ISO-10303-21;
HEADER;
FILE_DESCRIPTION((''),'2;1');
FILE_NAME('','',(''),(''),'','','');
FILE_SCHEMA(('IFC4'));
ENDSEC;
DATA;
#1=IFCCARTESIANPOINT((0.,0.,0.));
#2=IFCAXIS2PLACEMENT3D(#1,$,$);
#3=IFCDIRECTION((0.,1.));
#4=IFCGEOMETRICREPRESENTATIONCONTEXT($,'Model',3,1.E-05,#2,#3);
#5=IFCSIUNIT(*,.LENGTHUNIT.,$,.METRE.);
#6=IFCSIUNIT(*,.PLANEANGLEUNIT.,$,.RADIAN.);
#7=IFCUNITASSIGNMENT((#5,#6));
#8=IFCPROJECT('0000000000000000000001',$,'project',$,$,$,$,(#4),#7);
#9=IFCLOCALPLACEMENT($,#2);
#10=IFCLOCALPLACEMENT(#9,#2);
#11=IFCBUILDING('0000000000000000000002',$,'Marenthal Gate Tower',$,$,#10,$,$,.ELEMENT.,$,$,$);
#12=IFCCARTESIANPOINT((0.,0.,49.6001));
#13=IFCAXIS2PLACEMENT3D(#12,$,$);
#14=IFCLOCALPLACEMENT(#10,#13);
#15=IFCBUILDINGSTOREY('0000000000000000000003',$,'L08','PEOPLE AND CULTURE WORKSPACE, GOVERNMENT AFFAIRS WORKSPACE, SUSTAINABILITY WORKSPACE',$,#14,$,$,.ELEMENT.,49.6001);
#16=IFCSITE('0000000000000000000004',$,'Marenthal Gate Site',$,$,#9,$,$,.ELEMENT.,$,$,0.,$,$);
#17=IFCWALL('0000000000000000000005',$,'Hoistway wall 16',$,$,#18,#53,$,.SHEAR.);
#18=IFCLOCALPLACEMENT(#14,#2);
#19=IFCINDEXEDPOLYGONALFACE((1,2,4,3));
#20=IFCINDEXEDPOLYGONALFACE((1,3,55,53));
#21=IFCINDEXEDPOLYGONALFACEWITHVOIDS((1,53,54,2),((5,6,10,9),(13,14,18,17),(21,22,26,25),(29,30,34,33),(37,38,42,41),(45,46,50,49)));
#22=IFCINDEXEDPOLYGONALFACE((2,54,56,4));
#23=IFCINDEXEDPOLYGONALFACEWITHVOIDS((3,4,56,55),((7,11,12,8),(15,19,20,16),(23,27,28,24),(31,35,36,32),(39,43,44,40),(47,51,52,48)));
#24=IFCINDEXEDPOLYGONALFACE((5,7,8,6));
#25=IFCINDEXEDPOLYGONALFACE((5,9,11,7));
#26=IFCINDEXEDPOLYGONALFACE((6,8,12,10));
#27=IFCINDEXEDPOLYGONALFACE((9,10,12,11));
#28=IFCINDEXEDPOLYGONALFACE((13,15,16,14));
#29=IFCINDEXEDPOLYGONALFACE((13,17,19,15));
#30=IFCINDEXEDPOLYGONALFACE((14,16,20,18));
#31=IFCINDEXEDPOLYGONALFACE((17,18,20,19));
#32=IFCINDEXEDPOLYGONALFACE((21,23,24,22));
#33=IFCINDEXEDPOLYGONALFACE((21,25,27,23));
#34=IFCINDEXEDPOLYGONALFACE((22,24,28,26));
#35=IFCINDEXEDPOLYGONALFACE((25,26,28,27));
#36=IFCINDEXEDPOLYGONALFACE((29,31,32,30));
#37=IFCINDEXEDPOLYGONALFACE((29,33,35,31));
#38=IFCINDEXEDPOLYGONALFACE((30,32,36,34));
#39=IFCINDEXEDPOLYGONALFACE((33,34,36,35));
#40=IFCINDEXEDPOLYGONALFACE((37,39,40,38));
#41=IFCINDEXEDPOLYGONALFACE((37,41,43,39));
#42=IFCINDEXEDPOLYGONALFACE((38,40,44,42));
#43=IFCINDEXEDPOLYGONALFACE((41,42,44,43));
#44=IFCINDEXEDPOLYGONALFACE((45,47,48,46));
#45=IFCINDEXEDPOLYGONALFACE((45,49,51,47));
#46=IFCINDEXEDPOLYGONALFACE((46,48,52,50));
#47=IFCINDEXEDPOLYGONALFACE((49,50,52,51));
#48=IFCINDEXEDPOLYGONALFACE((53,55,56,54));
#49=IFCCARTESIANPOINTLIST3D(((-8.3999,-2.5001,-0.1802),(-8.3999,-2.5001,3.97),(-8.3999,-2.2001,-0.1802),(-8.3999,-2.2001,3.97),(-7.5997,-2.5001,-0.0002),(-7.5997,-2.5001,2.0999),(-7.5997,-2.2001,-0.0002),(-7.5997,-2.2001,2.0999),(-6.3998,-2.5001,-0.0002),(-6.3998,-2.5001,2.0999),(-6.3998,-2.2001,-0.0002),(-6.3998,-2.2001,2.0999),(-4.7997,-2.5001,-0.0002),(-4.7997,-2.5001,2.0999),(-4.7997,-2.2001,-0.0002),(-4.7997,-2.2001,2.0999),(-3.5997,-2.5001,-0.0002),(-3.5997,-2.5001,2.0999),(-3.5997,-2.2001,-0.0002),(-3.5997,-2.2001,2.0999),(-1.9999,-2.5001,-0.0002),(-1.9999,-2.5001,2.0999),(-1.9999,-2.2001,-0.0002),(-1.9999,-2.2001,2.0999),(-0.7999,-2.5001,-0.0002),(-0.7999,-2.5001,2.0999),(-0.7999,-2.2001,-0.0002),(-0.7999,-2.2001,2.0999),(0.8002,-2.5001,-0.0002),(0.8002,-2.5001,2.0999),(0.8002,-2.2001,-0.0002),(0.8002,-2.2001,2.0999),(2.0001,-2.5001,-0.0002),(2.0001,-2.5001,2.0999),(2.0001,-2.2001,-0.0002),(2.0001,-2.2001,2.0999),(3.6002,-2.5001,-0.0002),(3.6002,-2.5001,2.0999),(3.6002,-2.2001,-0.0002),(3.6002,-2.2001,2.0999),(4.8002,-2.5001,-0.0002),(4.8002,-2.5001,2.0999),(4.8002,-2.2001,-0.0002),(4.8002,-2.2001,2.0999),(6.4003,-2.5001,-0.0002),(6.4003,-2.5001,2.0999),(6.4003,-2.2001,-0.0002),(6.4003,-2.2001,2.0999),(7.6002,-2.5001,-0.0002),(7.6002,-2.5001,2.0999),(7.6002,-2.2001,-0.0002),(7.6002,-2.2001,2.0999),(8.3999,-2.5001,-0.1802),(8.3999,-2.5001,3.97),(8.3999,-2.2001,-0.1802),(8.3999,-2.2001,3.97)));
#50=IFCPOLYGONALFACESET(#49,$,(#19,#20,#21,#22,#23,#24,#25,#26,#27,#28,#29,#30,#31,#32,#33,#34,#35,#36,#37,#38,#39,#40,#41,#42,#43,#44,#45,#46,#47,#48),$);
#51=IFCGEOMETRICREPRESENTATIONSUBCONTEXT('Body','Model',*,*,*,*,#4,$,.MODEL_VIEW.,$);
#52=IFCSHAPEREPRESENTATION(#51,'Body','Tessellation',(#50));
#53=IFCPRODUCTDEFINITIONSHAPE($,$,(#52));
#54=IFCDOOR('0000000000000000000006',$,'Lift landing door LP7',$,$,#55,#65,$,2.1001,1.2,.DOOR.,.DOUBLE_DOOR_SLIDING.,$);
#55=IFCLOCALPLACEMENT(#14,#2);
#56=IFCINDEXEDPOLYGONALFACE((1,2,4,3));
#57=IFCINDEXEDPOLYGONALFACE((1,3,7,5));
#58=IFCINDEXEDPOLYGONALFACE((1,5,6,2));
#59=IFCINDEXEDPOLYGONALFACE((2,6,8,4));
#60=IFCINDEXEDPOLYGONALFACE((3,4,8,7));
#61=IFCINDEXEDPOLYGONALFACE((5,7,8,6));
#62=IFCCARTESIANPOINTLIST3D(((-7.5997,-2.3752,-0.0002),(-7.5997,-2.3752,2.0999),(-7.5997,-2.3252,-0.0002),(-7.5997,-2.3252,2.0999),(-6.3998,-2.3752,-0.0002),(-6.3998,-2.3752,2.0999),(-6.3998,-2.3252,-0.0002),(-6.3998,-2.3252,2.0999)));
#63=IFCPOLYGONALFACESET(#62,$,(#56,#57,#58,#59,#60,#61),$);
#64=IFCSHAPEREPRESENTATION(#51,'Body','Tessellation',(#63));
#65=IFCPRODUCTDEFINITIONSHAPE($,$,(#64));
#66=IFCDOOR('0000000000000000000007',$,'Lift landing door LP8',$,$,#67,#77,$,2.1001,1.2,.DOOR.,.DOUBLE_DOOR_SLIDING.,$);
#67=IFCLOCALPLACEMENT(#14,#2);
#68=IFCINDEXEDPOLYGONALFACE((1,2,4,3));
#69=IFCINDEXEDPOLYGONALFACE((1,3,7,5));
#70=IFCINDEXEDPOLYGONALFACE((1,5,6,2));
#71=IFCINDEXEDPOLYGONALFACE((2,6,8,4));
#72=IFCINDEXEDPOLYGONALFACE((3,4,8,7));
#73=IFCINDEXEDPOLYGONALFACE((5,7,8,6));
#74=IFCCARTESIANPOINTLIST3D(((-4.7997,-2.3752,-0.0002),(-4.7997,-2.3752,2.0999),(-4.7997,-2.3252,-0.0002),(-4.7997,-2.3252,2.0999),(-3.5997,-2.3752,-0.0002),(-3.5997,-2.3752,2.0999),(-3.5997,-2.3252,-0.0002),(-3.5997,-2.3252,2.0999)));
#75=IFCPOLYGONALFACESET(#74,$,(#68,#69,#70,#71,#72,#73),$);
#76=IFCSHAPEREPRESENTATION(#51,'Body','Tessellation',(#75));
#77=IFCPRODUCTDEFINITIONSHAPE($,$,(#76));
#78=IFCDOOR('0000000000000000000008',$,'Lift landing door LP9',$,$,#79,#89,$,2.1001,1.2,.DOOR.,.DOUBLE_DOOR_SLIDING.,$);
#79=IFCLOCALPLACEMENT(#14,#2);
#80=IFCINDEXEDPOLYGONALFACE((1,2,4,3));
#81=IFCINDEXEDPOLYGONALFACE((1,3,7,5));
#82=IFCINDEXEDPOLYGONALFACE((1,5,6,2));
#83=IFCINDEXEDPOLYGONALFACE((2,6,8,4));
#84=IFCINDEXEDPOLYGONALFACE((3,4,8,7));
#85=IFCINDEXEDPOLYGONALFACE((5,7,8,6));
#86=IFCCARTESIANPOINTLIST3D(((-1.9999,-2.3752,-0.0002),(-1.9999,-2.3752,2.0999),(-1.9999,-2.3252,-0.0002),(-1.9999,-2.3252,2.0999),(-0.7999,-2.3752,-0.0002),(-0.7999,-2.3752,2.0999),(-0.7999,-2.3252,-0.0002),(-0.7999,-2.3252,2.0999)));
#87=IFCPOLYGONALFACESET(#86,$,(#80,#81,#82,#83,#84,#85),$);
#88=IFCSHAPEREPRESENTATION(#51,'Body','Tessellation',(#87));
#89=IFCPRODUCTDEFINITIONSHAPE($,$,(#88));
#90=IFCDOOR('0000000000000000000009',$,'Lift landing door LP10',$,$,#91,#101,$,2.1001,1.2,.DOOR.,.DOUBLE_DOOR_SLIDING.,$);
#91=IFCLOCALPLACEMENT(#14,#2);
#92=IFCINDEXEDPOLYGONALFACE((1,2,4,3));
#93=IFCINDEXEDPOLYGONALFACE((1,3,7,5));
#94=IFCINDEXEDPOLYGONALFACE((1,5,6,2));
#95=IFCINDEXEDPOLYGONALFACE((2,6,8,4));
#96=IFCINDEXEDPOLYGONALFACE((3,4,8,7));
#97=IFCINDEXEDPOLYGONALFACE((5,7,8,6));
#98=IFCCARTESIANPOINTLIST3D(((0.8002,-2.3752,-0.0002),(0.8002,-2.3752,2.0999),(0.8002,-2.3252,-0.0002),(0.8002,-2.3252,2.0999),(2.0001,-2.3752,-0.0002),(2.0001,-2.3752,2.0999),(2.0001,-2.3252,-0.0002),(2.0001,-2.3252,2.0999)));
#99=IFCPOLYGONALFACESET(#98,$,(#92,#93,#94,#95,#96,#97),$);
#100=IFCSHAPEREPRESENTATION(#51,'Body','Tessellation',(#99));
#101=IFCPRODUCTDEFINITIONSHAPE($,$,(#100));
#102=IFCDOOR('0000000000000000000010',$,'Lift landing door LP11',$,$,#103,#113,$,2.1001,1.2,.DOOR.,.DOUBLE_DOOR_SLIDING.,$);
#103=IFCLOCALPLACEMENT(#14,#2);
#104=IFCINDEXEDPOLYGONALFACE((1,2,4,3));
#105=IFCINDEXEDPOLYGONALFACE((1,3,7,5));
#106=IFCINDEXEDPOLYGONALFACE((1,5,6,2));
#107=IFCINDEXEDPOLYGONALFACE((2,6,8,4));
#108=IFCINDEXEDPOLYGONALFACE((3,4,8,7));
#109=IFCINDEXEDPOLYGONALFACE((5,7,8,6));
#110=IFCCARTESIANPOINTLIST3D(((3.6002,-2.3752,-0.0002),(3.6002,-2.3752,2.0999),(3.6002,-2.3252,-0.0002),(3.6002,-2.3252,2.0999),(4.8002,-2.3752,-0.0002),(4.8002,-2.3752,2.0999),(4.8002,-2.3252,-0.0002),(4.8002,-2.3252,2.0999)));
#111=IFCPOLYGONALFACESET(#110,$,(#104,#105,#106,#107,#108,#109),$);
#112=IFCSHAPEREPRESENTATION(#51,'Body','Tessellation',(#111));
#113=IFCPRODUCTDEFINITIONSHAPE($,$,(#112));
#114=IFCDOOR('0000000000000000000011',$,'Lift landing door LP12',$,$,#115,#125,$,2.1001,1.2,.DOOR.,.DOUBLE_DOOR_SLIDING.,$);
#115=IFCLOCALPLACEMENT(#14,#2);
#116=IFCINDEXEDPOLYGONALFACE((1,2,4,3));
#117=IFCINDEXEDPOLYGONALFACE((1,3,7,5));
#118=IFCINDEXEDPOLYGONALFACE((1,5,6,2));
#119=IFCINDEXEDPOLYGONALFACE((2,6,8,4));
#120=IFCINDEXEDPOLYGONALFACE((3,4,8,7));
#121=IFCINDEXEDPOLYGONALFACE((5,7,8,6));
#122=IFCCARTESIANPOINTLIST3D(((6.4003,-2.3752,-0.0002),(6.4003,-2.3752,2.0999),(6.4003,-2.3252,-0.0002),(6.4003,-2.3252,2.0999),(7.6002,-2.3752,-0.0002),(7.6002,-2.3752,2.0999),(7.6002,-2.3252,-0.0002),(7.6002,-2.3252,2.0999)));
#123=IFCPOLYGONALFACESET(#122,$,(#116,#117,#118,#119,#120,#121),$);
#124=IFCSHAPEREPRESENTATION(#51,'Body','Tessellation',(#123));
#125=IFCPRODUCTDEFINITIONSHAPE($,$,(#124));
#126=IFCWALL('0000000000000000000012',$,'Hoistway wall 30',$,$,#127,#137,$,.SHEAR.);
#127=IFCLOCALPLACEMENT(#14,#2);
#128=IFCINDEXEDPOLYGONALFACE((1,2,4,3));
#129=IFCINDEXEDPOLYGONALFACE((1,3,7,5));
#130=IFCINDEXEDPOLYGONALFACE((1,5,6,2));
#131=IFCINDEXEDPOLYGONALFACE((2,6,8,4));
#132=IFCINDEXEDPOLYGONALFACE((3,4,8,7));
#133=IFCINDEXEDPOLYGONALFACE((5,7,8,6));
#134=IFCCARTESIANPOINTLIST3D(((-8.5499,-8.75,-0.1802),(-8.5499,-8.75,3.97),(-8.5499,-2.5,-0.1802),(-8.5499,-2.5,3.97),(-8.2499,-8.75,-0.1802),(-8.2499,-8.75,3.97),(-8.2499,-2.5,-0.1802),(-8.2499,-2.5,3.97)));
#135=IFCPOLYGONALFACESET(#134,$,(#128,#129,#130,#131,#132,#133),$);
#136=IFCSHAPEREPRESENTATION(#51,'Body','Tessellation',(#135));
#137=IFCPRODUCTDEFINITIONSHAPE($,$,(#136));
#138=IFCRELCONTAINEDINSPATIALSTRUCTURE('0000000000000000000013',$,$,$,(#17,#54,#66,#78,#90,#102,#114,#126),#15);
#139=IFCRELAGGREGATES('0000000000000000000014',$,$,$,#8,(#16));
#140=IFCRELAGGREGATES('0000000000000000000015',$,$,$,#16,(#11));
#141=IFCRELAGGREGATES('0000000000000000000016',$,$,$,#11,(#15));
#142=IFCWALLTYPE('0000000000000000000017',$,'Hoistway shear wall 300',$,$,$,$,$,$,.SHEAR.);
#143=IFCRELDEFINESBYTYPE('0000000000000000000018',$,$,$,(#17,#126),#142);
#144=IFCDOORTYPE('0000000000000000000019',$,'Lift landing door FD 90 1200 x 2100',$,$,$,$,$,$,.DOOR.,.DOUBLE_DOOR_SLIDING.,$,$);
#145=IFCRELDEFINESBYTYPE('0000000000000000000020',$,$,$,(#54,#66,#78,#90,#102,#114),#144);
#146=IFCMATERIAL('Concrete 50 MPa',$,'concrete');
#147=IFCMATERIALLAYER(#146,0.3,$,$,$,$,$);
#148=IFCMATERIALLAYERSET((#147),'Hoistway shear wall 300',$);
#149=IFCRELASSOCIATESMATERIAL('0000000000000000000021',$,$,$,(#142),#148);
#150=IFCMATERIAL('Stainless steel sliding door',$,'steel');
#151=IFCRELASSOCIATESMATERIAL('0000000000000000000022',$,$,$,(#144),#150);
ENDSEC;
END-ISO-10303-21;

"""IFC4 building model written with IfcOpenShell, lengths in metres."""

from ifc_helpers import new_model, si_unit, direction, frame, frame_2d, origin, place, context, subcontext, project, spatial, rectangle, extrude, material, layer, layer_set, type_object, element, fill, save


model = new_model("IFC4")

# Units and contexts
model_context = context("Model", 3, precision=1e-05, world=origin(), true_north=direction((0.0, 1.0)))
body_context = subcontext(model_context, "Body", "Model", "MODEL_VIEW")
ifc_project = project(units=[si_unit("LENGTHUNIT", "METRE"), si_unit("PLANEANGLEUNIT", "RADIAN")], contexts=[model_context])

# Site, building, storey
site_placement = place(None, origin())
site = spatial("IfcSite", under=ifc_project, at=site_placement, Name="Marenthal Gate Site", CompositionType="ELEMENT", RefElevation=0.0)
building_placement = place(site_placement, origin())
building = spatial("IfcBuilding", under=site, at=building_placement, Name="Marenthal Gate Tower", CompositionType="ELEMENT")
storey_placement = place(building_placement, frame((0.0, 0.0, 49.6001)))
storey = spatial("IfcBuildingStorey", under=building, at=storey_placement, Name="L08", Description="PEOPLE AND CULTURE WORKSPACE, GOVERNMENT AFFAIRS WORKSPACE, SUSTAINABILITY WORKSPACE", CompositionType="ELEMENT", Elevation=49.6001)

# Wall, openings, doors
ifc_material_1 = material(Name="Concrete 50 MPa", Category="concrete")
ifc_layer_1 = layer(ifc_material_1, 0.3)
ifc_layer_set_1 = layer_set([ifc_layer_1], Name="Hoistway shear wall 300")
wall_type_1 = type_object("IfcWallType", Name="Hoistway shear wall 300", PredefinedType="SHEAR", material=ifc_layer_set_1)
wall_1_placement = place(storey_placement, frame((-8.3999, -2.3501, -0.1802), z_axis=(0.0, 0.0, 1.0), x_axis=(1.0, 0.0, 0.0)))
wall_1 = element("IfcWall", 1, at=wall_1_placement, inside=storey, type_object=wall_type_1, Name="Hoistway wall 16", PredefinedType="SHEAR", context=body_context, shape_type="SweptSolid", body=[
    extrude(rectangle(XDim=16.7998, YDim=0.3, at=frame_2d((8.3999, 0.0))), origin(), (0.0, 0.0, 1.0), 4.1501),
])
opening_1_placement = place(wall_1_placement, frame((0.8, 0.0, 0.1799)))
opening_1 = element("IfcOpeningElement", 2, at=opening_1_placement, cuts=wall_1, PredefinedType="OPENING", context=body_context, shape_type="SweptSolid", body=[
    extrude(rectangle(XDim=1.2, YDim=2.1001, at=frame_2d((0.6001, 1.05))), frame((0.0, 0.1602, 0.0), z_axis=(0.0, -1.0, 0.0), x_axis=(1.0, 0.0, 0.0)), (0.0, 0.0, 1.0), 0.3201),
])
opening_2_placement = place(wall_1_placement, frame((3.6001, 0.0, 0.1799)))
opening_2 = element("IfcOpeningElement", 3, at=opening_2_placement, cuts=wall_1, PredefinedType="OPENING", context=body_context, shape_type="SweptSolid", body=[
    extrude(rectangle(XDim=1.2, YDim=2.1001, at=frame_2d((0.6001, 1.05))), frame((0.0, 0.1602, 0.0), z_axis=(0.0, -1.0, 0.0), x_axis=(1.0, 0.0, 0.0)), (0.0, 0.0, 1.0), 0.3201),
])
opening_3_placement = place(wall_1_placement, frame((6.3999, 0.0, 0.1799)))
opening_3 = element("IfcOpeningElement", 4, at=opening_3_placement, cuts=wall_1, PredefinedType="OPENING", context=body_context, shape_type="SweptSolid", body=[
    extrude(rectangle(XDim=1.2, YDim=2.1001, at=frame_2d((0.6001, 1.05))), frame((0.0, 0.1602, 0.0), z_axis=(0.0, -1.0, 0.0), x_axis=(1.0, 0.0, 0.0)), (0.0, 0.0, 1.0), 0.3201),
])
opening_4_placement = place(wall_1_placement, frame((9.2, 0.0, 0.1799)))
opening_4 = element("IfcOpeningElement", 5, at=opening_4_placement, cuts=wall_1, PredefinedType="OPENING", context=body_context, shape_type="SweptSolid", body=[
    extrude(rectangle(XDim=1.2, YDim=2.1001, at=frame_2d((0.6001, 1.05))), frame((0.0, 0.1602, 0.0), z_axis=(0.0, -1.0, 0.0), x_axis=(1.0, 0.0, 0.0)), (0.0, 0.0, 1.0), 0.3201),
])
opening_5_placement = place(wall_1_placement, frame((12.0, 0.0, 0.1799)))
opening_5 = element("IfcOpeningElement", 6, at=opening_5_placement, cuts=wall_1, PredefinedType="OPENING", context=body_context, shape_type="SweptSolid", body=[
    extrude(rectangle(XDim=1.2, YDim=2.1001, at=frame_2d((0.6001, 1.05))), frame((0.0, 0.1602, 0.0), z_axis=(0.0, -1.0, 0.0), x_axis=(1.0, 0.0, 0.0)), (0.0, 0.0, 1.0), 0.3201),
])
opening_6_placement = place(wall_1_placement, frame((14.8, 0.0, 0.1799)))
opening_6 = element("IfcOpeningElement", 7, at=opening_6_placement, cuts=wall_1, PredefinedType="OPENING", context=body_context, shape_type="SweptSolid", body=[
    extrude(rectangle(XDim=1.2, YDim=2.1001, at=frame_2d((0.6001, 1.05))), frame((0.0, 0.1602, 0.0), z_axis=(0.0, -1.0, 0.0), x_axis=(1.0, 0.0, 0.0)), (0.0, 0.0, 1.0), 0.3201),
])
ifc_material_2 = material(Name="Stainless steel sliding door", Category="steel")
door_type_1 = type_object("IfcDoorType", Name="Lift landing door FD 90 1200 x 2100", OperationType="DOUBLE_DOOR_SLIDING", PredefinedType="DOOR", material=ifc_material_2)
door_1_placement = place(opening_1_placement, origin())
door_1 = element("IfcDoor", 8, at=door_1_placement, inside=storey, type_object=door_type_1, Name="Lift landing door LP7", OperationType="DOUBLE_DOOR_SLIDING", OverallHeight=2.1001, OverallWidth=1.2, PredefinedType="DOOR", context=body_context, shape_type="SweptSolid", body=[
    extrude(rectangle(XDim=1.2, YDim=2.1001, at=frame_2d((0.6001, 1.05))), frame((0.0, 0.0249, 0.0), z_axis=(0.0, -1.0, 0.0), x_axis=(1.0, 0.0, 0.0)), (0.0, 0.0, 1.0), 0.05),
])
fill(opening_1, door_1)
door_2_placement = place(opening_2_placement, origin())
door_2 = element("IfcDoor", 9, at=door_2_placement, inside=storey, type_object=door_type_1, Name="Lift landing door LP8", OperationType="DOUBLE_DOOR_SLIDING", OverallHeight=2.1001, OverallWidth=1.2, PredefinedType="DOOR", context=body_context, shape_type="SweptSolid", body=[
    extrude(rectangle(XDim=1.2, YDim=2.1001, at=frame_2d((0.6001, 1.05))), frame((0.0, 0.0249, 0.0), z_axis=(0.0, -1.0, 0.0), x_axis=(1.0, 0.0, 0.0)), (0.0, 0.0, 1.0), 0.05),
])
fill(opening_2, door_2)
door_3_placement = place(opening_3_placement, origin())
door_3 = element("IfcDoor", 10, at=door_3_placement, inside=storey, type_object=door_type_1, Name="Lift landing door LP9", OperationType="DOUBLE_DOOR_SLIDING", OverallHeight=2.1001, OverallWidth=1.2, PredefinedType="DOOR", context=body_context, shape_type="SweptSolid", body=[
    extrude(rectangle(XDim=1.2, YDim=2.1001, at=frame_2d((0.6001, 1.05))), frame((0.0, 0.0249, 0.0), z_axis=(0.0, -1.0, 0.0), x_axis=(1.0, 0.0, 0.0)), (0.0, 0.0, 1.0), 0.05),
])
fill(opening_3, door_3)
door_4_placement = place(opening_4_placement, origin())
door_4 = element("IfcDoor", 11, at=door_4_placement, inside=storey, type_object=door_type_1, Name="Lift landing door LP10", OperationType="DOUBLE_DOOR_SLIDING", OverallHeight=2.1001, OverallWidth=1.2, PredefinedType="DOOR", context=body_context, shape_type="SweptSolid", body=[
    extrude(rectangle(XDim=1.2, YDim=2.1001, at=frame_2d((0.6001, 1.05))), frame((0.0, 0.0249, 0.0), z_axis=(0.0, -1.0, 0.0), x_axis=(1.0, 0.0, 0.0)), (0.0, 0.0, 1.0), 0.05),
])
fill(opening_4, door_4)
door_5_placement = place(opening_5_placement, origin())
door_5 = element("IfcDoor", 12, at=door_5_placement, inside=storey, type_object=door_type_1, Name="Lift landing door LP11", OperationType="DOUBLE_DOOR_SLIDING", OverallHeight=2.1001, OverallWidth=1.2, PredefinedType="DOOR", context=body_context, shape_type="SweptSolid", body=[
    extrude(rectangle(XDim=1.2, YDim=2.1001, at=frame_2d((0.6001, 1.05))), frame((0.0, 0.0249, 0.0), z_axis=(0.0, -1.0, 0.0), x_axis=(1.0, 0.0, 0.0)), (0.0, 0.0, 1.0), 0.05),
])
fill(opening_5, door_5)
door_6_placement = place(opening_6_placement, origin())
door_6 = element("IfcDoor", 13, at=door_6_placement, inside=storey, type_object=door_type_1, Name="Lift landing door LP12", OperationType="DOUBLE_DOOR_SLIDING", OverallHeight=2.1001, OverallWidth=1.2, PredefinedType="DOOR", context=body_context, shape_type="SweptSolid", body=[
    extrude(rectangle(XDim=1.2, YDim=2.1001, at=frame_2d((0.6001, 1.05))), frame((0.0, 0.0249, 0.0), z_axis=(0.0, -1.0, 0.0), x_axis=(1.0, 0.0, 0.0)), (0.0, 0.0, 1.0), 0.05),
])
fill(opening_6, door_6)

# Wall
wall_2_placement = place(storey_placement, frame((-8.3999, -8.75, -0.1802), z_axis=(0.0, 0.0, 1.0), x_axis=(0.0, 1.0, 0.0)))
element("IfcWall", 14, at=wall_2_placement, inside=storey, type_object=wall_type_1, Name="Hoistway wall 30", PredefinedType="SHEAR", context=body_context, shape_type="SweptSolid", body=[
    extrude(rectangle(XDim=6.25, YDim=0.3, at=frame_2d((3.125, 0.0))), origin(), (0.0, 0.0, 1.0), 4.1501),
])

save(model, "model.ifc")
